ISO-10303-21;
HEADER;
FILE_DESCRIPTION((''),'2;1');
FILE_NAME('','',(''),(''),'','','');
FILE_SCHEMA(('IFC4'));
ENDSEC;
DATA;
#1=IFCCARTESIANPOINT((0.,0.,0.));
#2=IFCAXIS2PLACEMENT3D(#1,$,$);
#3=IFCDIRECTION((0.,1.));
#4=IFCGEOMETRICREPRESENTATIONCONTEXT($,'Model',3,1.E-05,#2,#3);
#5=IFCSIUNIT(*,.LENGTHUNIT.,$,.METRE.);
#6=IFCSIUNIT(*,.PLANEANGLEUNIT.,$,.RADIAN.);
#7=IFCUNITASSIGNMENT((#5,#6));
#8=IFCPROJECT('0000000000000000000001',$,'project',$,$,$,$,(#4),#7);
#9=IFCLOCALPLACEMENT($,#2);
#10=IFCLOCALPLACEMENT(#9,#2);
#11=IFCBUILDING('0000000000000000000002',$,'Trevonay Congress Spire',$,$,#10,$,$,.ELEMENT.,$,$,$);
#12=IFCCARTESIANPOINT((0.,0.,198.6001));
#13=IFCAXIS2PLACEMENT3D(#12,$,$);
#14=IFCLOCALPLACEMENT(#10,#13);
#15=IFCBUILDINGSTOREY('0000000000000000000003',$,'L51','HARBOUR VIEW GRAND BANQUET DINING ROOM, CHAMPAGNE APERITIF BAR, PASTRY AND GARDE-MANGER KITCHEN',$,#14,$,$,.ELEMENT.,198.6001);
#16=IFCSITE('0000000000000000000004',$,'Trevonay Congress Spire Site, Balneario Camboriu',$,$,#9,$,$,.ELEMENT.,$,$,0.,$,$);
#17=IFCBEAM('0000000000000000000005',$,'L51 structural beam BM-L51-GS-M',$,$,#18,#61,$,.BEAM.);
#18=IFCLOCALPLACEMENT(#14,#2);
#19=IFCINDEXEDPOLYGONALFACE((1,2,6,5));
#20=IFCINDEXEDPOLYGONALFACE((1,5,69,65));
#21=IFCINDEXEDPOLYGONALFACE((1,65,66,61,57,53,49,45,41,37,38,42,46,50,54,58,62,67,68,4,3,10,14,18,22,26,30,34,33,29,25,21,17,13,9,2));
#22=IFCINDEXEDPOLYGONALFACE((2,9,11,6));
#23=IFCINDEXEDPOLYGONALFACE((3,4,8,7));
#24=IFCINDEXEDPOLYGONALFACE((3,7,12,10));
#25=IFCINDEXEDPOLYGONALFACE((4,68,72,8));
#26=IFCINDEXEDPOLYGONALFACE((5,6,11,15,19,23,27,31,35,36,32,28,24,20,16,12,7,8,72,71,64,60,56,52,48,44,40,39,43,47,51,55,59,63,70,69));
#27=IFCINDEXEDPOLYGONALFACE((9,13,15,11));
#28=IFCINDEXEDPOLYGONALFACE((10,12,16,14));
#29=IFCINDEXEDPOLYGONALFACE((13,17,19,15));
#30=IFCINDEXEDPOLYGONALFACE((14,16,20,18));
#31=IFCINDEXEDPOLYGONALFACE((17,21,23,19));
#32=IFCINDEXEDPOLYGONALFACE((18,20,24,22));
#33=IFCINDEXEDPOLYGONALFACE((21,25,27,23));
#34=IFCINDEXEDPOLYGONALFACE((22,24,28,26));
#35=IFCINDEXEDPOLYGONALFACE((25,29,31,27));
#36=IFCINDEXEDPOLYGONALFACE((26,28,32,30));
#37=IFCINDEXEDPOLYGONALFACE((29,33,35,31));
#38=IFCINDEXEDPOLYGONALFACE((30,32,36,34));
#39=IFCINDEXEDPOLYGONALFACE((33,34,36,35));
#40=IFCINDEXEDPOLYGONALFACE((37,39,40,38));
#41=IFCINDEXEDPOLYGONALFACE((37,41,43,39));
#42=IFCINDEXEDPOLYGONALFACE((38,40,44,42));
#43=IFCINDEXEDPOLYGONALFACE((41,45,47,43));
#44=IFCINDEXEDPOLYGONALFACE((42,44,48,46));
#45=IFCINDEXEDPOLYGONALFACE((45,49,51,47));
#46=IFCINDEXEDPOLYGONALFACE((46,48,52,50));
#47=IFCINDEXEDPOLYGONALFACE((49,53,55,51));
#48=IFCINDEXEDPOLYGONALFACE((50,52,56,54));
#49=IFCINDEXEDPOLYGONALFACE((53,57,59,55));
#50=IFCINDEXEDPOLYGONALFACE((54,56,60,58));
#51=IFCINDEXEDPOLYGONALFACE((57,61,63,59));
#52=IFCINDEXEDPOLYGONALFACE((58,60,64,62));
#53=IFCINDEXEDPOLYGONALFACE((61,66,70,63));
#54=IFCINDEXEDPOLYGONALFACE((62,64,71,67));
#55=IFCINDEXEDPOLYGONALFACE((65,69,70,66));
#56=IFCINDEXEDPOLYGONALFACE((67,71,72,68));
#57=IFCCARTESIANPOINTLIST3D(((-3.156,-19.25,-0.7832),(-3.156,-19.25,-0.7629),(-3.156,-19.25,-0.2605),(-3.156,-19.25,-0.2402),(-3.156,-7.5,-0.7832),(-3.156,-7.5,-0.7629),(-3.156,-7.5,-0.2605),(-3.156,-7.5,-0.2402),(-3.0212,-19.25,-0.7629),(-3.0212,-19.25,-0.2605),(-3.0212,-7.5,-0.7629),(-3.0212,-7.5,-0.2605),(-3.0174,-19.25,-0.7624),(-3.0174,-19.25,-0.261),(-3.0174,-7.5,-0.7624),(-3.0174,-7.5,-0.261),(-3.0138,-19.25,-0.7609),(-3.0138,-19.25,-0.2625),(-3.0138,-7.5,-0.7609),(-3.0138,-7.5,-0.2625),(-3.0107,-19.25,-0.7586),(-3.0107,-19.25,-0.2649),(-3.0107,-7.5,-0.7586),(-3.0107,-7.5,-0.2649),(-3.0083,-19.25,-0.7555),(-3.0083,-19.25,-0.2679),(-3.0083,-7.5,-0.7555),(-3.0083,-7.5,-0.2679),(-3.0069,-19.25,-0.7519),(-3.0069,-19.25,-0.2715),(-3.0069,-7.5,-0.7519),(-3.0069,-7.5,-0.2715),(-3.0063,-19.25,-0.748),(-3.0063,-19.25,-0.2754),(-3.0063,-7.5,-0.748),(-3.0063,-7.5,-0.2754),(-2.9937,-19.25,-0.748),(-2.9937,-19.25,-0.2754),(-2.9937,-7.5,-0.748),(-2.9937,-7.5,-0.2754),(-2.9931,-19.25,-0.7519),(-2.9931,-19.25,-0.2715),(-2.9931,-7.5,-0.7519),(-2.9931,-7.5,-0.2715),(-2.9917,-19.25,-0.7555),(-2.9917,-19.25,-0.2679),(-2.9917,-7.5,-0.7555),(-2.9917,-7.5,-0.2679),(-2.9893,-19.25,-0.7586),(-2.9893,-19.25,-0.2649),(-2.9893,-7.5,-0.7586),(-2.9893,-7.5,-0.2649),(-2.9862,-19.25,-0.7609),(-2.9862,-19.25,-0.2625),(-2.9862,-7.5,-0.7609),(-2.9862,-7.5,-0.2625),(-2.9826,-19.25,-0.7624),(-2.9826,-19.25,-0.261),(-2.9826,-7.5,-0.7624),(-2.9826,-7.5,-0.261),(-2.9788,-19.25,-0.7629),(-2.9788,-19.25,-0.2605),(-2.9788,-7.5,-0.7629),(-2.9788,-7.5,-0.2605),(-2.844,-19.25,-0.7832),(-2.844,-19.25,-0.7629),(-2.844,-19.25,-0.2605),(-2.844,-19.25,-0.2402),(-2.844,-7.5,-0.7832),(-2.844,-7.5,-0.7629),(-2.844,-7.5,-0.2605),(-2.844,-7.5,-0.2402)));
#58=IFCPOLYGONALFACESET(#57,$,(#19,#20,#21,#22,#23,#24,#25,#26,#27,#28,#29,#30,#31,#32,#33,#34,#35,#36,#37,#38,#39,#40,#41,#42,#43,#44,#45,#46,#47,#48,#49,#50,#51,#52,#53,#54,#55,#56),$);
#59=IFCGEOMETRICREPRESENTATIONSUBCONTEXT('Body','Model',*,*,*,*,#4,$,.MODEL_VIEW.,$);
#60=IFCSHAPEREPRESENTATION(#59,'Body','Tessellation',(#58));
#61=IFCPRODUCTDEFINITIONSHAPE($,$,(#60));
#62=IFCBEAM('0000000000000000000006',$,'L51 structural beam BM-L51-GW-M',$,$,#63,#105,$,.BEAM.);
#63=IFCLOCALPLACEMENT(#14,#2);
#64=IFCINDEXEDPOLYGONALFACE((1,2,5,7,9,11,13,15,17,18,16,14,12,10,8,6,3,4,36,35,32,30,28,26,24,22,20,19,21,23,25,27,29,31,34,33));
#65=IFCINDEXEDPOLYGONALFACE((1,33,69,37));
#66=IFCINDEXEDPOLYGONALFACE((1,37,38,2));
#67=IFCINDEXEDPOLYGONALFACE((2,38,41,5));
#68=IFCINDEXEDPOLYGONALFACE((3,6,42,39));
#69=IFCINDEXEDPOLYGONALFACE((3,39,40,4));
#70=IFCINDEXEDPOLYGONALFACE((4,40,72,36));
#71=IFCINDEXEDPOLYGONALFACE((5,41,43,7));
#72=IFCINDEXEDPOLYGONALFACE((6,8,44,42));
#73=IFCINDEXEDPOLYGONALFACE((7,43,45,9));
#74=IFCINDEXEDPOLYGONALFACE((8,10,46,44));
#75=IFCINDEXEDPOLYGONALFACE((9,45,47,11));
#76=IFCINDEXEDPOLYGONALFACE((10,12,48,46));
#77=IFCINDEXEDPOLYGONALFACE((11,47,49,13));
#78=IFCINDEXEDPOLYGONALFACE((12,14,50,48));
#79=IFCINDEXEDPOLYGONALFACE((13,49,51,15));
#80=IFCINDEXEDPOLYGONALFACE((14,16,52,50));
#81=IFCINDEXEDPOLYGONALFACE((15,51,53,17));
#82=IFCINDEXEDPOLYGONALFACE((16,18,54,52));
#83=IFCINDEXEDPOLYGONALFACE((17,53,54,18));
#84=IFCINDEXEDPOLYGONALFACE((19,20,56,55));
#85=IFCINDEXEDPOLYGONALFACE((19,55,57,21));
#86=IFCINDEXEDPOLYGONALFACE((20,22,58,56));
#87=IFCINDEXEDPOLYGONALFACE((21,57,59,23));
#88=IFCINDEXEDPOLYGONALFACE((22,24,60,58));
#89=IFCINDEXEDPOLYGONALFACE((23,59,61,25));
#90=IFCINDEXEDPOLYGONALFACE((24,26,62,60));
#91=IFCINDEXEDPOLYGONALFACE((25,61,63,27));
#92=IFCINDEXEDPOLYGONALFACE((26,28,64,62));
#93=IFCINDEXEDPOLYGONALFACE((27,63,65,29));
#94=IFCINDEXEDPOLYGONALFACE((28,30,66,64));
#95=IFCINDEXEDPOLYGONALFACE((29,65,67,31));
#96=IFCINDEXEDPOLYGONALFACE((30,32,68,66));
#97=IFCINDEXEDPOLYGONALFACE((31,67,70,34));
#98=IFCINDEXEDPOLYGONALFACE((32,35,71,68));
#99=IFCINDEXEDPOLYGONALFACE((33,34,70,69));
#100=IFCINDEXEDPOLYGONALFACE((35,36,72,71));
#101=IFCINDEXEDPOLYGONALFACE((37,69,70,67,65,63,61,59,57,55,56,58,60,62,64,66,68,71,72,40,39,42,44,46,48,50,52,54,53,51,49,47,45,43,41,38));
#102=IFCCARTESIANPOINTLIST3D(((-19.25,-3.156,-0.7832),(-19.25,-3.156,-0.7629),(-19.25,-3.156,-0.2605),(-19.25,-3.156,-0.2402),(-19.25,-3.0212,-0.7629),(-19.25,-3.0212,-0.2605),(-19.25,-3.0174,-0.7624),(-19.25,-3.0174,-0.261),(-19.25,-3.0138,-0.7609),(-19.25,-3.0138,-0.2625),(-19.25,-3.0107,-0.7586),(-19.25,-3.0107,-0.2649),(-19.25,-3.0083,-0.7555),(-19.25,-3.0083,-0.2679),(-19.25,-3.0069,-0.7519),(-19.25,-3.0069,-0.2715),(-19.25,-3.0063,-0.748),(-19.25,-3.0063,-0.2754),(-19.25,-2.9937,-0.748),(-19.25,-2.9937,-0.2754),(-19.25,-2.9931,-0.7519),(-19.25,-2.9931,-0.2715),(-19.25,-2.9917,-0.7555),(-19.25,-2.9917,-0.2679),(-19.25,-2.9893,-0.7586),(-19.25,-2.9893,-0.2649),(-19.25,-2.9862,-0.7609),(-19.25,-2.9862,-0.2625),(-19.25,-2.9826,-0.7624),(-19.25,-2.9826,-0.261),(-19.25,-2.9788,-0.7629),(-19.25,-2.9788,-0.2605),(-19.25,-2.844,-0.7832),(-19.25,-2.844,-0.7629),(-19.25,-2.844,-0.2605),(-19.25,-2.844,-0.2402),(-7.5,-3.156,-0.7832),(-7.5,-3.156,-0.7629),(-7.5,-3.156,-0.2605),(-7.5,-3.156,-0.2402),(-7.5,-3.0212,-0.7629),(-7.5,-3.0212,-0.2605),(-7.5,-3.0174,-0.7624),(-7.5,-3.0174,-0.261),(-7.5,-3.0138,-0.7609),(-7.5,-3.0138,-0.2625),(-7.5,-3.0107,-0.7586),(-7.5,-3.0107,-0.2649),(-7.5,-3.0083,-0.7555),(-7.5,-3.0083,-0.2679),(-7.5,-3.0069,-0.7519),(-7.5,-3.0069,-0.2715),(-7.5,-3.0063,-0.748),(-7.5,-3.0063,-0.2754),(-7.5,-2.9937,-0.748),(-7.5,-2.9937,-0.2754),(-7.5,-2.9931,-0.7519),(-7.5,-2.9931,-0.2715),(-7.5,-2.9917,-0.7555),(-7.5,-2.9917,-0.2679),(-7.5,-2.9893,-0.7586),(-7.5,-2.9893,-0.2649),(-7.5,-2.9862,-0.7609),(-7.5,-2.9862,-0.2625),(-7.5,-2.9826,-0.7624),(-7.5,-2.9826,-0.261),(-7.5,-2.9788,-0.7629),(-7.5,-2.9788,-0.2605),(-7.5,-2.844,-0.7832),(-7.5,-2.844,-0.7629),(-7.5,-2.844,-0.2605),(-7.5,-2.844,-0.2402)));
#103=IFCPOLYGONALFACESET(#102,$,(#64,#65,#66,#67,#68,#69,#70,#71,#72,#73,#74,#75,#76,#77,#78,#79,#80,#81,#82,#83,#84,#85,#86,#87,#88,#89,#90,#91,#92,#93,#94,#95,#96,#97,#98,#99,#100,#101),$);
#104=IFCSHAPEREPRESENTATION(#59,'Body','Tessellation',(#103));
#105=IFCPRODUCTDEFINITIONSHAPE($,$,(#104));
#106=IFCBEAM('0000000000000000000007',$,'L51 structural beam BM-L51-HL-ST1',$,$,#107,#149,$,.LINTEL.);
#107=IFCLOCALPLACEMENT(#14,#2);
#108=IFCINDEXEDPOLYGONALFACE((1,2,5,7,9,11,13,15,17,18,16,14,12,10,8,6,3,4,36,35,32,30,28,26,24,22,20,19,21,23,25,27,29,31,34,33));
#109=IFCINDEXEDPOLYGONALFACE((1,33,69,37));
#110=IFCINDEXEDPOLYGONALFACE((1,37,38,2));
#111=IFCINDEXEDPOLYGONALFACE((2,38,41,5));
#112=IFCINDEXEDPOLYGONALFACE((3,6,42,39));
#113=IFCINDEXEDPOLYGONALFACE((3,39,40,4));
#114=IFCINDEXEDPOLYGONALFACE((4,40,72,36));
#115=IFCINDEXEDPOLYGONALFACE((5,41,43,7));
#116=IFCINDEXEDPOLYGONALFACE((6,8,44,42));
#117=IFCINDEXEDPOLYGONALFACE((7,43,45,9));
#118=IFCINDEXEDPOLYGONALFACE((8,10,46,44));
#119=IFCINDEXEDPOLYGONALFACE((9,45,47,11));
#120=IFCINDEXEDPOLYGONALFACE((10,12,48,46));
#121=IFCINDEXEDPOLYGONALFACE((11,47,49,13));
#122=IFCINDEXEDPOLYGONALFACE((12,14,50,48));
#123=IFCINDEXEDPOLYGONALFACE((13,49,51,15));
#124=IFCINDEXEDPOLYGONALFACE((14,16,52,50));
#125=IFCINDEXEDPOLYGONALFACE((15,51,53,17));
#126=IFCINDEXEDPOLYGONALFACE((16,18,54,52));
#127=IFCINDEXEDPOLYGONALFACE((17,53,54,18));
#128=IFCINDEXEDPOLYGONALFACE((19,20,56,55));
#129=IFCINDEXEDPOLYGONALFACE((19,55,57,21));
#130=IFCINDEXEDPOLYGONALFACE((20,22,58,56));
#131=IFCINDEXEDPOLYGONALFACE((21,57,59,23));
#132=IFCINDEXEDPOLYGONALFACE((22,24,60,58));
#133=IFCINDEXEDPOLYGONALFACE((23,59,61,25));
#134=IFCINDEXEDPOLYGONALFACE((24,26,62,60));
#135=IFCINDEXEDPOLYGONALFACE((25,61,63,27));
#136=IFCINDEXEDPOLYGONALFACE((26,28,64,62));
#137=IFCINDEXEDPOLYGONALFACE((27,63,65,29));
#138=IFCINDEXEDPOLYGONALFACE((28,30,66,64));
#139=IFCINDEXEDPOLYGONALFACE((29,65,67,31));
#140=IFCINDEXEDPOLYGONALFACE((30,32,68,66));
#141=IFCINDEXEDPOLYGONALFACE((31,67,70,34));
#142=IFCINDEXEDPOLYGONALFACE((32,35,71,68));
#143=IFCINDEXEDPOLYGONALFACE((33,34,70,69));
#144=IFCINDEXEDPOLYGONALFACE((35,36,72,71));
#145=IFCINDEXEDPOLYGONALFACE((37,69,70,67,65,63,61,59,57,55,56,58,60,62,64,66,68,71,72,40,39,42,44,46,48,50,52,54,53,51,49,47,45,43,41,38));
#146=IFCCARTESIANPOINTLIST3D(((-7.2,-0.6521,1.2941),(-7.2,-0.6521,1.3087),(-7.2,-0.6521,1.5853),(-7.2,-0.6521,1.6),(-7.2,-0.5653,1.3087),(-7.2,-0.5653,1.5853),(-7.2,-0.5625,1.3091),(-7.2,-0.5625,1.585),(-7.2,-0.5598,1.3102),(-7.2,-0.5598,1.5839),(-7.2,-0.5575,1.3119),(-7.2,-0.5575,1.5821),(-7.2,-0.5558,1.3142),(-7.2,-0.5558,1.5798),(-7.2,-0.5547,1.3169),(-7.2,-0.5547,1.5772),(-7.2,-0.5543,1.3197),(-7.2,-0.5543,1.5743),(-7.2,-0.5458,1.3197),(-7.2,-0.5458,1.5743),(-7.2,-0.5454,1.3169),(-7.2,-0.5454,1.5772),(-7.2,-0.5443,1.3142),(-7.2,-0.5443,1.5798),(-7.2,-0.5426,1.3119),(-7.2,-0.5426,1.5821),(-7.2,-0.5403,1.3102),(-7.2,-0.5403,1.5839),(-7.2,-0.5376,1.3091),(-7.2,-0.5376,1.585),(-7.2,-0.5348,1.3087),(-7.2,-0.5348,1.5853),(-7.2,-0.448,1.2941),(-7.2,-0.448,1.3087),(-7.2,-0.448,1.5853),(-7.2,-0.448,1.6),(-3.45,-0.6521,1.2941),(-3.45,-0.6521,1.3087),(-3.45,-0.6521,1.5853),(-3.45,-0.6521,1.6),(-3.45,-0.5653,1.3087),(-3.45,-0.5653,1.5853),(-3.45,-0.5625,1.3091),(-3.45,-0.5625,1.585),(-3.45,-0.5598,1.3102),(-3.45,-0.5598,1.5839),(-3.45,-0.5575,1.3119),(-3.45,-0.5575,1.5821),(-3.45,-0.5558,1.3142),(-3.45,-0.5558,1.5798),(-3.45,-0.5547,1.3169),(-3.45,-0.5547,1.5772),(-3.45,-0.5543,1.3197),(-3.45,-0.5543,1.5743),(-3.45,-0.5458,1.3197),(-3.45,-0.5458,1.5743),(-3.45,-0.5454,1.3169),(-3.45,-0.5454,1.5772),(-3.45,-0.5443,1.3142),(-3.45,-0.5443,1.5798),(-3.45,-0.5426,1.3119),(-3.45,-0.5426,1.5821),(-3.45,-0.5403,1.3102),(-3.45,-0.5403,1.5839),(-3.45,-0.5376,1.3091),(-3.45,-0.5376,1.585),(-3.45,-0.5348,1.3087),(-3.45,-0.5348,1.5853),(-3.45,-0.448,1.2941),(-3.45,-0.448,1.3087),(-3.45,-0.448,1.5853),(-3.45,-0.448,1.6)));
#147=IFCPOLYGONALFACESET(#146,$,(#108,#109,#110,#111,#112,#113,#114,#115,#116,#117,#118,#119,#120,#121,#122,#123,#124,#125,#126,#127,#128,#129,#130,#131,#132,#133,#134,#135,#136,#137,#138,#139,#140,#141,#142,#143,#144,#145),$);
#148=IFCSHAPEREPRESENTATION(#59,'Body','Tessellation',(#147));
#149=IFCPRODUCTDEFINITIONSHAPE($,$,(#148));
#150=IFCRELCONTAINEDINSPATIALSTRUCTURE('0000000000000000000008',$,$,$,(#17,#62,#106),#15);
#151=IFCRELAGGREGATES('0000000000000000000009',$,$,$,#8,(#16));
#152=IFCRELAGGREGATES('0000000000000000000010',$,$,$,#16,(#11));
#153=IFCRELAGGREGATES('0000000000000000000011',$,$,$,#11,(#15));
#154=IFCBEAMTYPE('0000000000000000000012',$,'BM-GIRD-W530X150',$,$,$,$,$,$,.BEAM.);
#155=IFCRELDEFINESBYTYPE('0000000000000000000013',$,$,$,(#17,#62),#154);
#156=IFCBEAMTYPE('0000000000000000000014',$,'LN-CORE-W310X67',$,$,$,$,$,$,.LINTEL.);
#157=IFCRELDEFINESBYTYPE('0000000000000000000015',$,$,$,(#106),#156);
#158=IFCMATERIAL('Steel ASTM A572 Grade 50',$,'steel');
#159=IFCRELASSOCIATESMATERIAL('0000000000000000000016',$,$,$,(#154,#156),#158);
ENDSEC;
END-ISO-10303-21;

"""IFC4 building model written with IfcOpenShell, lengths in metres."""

from ifc_helpers import new_model, si_unit, direction, frame, origin, origin_2d, place, context, subcontext, project, spatial, i_section, extrude, material, material_profile, profile_set, type_object, element, save


model = new_model("IFC4")

# Units and contexts
model_context = context("Model", 3, precision=1e-05, world=origin(), true_north=direction((0.0, 1.0)))
body_context = subcontext(model_context, "Body", "Model", "MODEL_VIEW")
ifc_project = project(units=[si_unit("LENGTHUNIT", "METRE"), si_unit("PLANEANGLEUNIT", "RADIAN")], contexts=[model_context])

# Site, building, storey
site_placement = place(None, origin())
site = spatial("IfcSite", under=ifc_project, at=site_placement, Name="Trevonay Congress Spire Site, Balneario Camboriu", CompositionType="ELEMENT", RefElevation=0.0)
building_placement = place(site_placement, origin())
building = spatial("IfcBuilding", under=site, at=building_placement, Name="Trevonay Congress Spire", CompositionType="ELEMENT")
storey_placement = place(building_placement, frame((0.0, 0.0, 198.6001)))
storey = spatial("IfcBuildingStorey", under=building, at=storey_placement, Name="L51", Description="HARBOUR VIEW GRAND BANQUET DINING ROOM, CHAMPAGNE APERITIF BAR, PASTRY AND GARDE-MANGER KITCHEN", CompositionType="ELEMENT", Elevation=198.6001)

# Shared definitions
ifc_material_1 = material(Name="Steel ASTM A572 Grade 50", Category="steel")

# Beams
ifc_material_profile_1 = material_profile(ifc_material_1, i_section(OverallWidth=0.312, OverallDepth=0.543, WebThickness=0.0127, FlangeThickness=0.0203, FilletRadius=0.0149, at=origin_2d()), Name="W530x150")
ifc_profile_set_1 = profile_set([ifc_material_profile_1], Name="Steel ASTM A572 Grade 50")
beam_type_1 = type_object("IfcBeamType", Name="BM-GIRD-W530X150", PredefinedType="BEAM", material=ifc_profile_set_1)
for number, where, z_axis, x_axis, name in (
    (1, (-3.0, -7.5, -0.5117), (0.0, -1.0, 0.0), (1.0, 0.0, 0.0), "L51 structural beam BM-L51-GS-M"),
    (2, (-7.5, -3.0, -0.5117), (-1.0, 0.0, 0.0), (0.0, -1.0, 0.0), "L51 structural beam BM-L51-GW-M"),
):
    element("IfcBeam", number, at=place(storey_placement, frame(where, z_axis=z_axis, x_axis=x_axis)), inside=storey, type_object=beam_type_1, Name=name, PredefinedType="BEAM", context=body_context, shape_type="SweptSolid", body=[
        extrude(i_section(OverallWidth=0.312, OverallDepth=0.543, WebThickness=0.0127, FlangeThickness=0.0203, FilletRadius=0.0149, at=origin_2d()), origin(), (0.0, 0.0, 1.0), 11.75),
    ])
ifc_material_profile_2 = material_profile(ifc_material_1, i_section(OverallWidth=0.2041, OverallDepth=0.3059, WebThickness=0.0085, FlangeThickness=0.0146, FilletRadius=0.011, at=origin_2d()), Name="W310x67")
ifc_profile_set_2 = profile_set([ifc_material_profile_2], Name="Steel ASTM A572 Grade 50")
beam_type_2 = type_object("IfcBeamType", Name="LN-CORE-W310X67", PredefinedType="LINTEL", material=ifc_profile_set_2)
beam_1_placement = place(storey_placement, frame((-7.2, -0.55, 1.447), z_axis=(1.0, 0.0, 0.0), x_axis=(0.0, 1.0, 0.0)))
element("IfcBeam", 3, at=beam_1_placement, inside=storey, type_object=beam_type_2, Name="L51 structural beam BM-L51-HL-ST1", PredefinedType="LINTEL", context=body_context, shape_type="SweptSolid", body=[
    extrude(i_section(OverallWidth=0.2041, OverallDepth=0.3059, WebThickness=0.0085, FlangeThickness=0.0146, FilletRadius=0.011, at=origin_2d()), origin(), (0.0, 0.0, 1.0), 3.75),
])

save(model, "model.ifc")
